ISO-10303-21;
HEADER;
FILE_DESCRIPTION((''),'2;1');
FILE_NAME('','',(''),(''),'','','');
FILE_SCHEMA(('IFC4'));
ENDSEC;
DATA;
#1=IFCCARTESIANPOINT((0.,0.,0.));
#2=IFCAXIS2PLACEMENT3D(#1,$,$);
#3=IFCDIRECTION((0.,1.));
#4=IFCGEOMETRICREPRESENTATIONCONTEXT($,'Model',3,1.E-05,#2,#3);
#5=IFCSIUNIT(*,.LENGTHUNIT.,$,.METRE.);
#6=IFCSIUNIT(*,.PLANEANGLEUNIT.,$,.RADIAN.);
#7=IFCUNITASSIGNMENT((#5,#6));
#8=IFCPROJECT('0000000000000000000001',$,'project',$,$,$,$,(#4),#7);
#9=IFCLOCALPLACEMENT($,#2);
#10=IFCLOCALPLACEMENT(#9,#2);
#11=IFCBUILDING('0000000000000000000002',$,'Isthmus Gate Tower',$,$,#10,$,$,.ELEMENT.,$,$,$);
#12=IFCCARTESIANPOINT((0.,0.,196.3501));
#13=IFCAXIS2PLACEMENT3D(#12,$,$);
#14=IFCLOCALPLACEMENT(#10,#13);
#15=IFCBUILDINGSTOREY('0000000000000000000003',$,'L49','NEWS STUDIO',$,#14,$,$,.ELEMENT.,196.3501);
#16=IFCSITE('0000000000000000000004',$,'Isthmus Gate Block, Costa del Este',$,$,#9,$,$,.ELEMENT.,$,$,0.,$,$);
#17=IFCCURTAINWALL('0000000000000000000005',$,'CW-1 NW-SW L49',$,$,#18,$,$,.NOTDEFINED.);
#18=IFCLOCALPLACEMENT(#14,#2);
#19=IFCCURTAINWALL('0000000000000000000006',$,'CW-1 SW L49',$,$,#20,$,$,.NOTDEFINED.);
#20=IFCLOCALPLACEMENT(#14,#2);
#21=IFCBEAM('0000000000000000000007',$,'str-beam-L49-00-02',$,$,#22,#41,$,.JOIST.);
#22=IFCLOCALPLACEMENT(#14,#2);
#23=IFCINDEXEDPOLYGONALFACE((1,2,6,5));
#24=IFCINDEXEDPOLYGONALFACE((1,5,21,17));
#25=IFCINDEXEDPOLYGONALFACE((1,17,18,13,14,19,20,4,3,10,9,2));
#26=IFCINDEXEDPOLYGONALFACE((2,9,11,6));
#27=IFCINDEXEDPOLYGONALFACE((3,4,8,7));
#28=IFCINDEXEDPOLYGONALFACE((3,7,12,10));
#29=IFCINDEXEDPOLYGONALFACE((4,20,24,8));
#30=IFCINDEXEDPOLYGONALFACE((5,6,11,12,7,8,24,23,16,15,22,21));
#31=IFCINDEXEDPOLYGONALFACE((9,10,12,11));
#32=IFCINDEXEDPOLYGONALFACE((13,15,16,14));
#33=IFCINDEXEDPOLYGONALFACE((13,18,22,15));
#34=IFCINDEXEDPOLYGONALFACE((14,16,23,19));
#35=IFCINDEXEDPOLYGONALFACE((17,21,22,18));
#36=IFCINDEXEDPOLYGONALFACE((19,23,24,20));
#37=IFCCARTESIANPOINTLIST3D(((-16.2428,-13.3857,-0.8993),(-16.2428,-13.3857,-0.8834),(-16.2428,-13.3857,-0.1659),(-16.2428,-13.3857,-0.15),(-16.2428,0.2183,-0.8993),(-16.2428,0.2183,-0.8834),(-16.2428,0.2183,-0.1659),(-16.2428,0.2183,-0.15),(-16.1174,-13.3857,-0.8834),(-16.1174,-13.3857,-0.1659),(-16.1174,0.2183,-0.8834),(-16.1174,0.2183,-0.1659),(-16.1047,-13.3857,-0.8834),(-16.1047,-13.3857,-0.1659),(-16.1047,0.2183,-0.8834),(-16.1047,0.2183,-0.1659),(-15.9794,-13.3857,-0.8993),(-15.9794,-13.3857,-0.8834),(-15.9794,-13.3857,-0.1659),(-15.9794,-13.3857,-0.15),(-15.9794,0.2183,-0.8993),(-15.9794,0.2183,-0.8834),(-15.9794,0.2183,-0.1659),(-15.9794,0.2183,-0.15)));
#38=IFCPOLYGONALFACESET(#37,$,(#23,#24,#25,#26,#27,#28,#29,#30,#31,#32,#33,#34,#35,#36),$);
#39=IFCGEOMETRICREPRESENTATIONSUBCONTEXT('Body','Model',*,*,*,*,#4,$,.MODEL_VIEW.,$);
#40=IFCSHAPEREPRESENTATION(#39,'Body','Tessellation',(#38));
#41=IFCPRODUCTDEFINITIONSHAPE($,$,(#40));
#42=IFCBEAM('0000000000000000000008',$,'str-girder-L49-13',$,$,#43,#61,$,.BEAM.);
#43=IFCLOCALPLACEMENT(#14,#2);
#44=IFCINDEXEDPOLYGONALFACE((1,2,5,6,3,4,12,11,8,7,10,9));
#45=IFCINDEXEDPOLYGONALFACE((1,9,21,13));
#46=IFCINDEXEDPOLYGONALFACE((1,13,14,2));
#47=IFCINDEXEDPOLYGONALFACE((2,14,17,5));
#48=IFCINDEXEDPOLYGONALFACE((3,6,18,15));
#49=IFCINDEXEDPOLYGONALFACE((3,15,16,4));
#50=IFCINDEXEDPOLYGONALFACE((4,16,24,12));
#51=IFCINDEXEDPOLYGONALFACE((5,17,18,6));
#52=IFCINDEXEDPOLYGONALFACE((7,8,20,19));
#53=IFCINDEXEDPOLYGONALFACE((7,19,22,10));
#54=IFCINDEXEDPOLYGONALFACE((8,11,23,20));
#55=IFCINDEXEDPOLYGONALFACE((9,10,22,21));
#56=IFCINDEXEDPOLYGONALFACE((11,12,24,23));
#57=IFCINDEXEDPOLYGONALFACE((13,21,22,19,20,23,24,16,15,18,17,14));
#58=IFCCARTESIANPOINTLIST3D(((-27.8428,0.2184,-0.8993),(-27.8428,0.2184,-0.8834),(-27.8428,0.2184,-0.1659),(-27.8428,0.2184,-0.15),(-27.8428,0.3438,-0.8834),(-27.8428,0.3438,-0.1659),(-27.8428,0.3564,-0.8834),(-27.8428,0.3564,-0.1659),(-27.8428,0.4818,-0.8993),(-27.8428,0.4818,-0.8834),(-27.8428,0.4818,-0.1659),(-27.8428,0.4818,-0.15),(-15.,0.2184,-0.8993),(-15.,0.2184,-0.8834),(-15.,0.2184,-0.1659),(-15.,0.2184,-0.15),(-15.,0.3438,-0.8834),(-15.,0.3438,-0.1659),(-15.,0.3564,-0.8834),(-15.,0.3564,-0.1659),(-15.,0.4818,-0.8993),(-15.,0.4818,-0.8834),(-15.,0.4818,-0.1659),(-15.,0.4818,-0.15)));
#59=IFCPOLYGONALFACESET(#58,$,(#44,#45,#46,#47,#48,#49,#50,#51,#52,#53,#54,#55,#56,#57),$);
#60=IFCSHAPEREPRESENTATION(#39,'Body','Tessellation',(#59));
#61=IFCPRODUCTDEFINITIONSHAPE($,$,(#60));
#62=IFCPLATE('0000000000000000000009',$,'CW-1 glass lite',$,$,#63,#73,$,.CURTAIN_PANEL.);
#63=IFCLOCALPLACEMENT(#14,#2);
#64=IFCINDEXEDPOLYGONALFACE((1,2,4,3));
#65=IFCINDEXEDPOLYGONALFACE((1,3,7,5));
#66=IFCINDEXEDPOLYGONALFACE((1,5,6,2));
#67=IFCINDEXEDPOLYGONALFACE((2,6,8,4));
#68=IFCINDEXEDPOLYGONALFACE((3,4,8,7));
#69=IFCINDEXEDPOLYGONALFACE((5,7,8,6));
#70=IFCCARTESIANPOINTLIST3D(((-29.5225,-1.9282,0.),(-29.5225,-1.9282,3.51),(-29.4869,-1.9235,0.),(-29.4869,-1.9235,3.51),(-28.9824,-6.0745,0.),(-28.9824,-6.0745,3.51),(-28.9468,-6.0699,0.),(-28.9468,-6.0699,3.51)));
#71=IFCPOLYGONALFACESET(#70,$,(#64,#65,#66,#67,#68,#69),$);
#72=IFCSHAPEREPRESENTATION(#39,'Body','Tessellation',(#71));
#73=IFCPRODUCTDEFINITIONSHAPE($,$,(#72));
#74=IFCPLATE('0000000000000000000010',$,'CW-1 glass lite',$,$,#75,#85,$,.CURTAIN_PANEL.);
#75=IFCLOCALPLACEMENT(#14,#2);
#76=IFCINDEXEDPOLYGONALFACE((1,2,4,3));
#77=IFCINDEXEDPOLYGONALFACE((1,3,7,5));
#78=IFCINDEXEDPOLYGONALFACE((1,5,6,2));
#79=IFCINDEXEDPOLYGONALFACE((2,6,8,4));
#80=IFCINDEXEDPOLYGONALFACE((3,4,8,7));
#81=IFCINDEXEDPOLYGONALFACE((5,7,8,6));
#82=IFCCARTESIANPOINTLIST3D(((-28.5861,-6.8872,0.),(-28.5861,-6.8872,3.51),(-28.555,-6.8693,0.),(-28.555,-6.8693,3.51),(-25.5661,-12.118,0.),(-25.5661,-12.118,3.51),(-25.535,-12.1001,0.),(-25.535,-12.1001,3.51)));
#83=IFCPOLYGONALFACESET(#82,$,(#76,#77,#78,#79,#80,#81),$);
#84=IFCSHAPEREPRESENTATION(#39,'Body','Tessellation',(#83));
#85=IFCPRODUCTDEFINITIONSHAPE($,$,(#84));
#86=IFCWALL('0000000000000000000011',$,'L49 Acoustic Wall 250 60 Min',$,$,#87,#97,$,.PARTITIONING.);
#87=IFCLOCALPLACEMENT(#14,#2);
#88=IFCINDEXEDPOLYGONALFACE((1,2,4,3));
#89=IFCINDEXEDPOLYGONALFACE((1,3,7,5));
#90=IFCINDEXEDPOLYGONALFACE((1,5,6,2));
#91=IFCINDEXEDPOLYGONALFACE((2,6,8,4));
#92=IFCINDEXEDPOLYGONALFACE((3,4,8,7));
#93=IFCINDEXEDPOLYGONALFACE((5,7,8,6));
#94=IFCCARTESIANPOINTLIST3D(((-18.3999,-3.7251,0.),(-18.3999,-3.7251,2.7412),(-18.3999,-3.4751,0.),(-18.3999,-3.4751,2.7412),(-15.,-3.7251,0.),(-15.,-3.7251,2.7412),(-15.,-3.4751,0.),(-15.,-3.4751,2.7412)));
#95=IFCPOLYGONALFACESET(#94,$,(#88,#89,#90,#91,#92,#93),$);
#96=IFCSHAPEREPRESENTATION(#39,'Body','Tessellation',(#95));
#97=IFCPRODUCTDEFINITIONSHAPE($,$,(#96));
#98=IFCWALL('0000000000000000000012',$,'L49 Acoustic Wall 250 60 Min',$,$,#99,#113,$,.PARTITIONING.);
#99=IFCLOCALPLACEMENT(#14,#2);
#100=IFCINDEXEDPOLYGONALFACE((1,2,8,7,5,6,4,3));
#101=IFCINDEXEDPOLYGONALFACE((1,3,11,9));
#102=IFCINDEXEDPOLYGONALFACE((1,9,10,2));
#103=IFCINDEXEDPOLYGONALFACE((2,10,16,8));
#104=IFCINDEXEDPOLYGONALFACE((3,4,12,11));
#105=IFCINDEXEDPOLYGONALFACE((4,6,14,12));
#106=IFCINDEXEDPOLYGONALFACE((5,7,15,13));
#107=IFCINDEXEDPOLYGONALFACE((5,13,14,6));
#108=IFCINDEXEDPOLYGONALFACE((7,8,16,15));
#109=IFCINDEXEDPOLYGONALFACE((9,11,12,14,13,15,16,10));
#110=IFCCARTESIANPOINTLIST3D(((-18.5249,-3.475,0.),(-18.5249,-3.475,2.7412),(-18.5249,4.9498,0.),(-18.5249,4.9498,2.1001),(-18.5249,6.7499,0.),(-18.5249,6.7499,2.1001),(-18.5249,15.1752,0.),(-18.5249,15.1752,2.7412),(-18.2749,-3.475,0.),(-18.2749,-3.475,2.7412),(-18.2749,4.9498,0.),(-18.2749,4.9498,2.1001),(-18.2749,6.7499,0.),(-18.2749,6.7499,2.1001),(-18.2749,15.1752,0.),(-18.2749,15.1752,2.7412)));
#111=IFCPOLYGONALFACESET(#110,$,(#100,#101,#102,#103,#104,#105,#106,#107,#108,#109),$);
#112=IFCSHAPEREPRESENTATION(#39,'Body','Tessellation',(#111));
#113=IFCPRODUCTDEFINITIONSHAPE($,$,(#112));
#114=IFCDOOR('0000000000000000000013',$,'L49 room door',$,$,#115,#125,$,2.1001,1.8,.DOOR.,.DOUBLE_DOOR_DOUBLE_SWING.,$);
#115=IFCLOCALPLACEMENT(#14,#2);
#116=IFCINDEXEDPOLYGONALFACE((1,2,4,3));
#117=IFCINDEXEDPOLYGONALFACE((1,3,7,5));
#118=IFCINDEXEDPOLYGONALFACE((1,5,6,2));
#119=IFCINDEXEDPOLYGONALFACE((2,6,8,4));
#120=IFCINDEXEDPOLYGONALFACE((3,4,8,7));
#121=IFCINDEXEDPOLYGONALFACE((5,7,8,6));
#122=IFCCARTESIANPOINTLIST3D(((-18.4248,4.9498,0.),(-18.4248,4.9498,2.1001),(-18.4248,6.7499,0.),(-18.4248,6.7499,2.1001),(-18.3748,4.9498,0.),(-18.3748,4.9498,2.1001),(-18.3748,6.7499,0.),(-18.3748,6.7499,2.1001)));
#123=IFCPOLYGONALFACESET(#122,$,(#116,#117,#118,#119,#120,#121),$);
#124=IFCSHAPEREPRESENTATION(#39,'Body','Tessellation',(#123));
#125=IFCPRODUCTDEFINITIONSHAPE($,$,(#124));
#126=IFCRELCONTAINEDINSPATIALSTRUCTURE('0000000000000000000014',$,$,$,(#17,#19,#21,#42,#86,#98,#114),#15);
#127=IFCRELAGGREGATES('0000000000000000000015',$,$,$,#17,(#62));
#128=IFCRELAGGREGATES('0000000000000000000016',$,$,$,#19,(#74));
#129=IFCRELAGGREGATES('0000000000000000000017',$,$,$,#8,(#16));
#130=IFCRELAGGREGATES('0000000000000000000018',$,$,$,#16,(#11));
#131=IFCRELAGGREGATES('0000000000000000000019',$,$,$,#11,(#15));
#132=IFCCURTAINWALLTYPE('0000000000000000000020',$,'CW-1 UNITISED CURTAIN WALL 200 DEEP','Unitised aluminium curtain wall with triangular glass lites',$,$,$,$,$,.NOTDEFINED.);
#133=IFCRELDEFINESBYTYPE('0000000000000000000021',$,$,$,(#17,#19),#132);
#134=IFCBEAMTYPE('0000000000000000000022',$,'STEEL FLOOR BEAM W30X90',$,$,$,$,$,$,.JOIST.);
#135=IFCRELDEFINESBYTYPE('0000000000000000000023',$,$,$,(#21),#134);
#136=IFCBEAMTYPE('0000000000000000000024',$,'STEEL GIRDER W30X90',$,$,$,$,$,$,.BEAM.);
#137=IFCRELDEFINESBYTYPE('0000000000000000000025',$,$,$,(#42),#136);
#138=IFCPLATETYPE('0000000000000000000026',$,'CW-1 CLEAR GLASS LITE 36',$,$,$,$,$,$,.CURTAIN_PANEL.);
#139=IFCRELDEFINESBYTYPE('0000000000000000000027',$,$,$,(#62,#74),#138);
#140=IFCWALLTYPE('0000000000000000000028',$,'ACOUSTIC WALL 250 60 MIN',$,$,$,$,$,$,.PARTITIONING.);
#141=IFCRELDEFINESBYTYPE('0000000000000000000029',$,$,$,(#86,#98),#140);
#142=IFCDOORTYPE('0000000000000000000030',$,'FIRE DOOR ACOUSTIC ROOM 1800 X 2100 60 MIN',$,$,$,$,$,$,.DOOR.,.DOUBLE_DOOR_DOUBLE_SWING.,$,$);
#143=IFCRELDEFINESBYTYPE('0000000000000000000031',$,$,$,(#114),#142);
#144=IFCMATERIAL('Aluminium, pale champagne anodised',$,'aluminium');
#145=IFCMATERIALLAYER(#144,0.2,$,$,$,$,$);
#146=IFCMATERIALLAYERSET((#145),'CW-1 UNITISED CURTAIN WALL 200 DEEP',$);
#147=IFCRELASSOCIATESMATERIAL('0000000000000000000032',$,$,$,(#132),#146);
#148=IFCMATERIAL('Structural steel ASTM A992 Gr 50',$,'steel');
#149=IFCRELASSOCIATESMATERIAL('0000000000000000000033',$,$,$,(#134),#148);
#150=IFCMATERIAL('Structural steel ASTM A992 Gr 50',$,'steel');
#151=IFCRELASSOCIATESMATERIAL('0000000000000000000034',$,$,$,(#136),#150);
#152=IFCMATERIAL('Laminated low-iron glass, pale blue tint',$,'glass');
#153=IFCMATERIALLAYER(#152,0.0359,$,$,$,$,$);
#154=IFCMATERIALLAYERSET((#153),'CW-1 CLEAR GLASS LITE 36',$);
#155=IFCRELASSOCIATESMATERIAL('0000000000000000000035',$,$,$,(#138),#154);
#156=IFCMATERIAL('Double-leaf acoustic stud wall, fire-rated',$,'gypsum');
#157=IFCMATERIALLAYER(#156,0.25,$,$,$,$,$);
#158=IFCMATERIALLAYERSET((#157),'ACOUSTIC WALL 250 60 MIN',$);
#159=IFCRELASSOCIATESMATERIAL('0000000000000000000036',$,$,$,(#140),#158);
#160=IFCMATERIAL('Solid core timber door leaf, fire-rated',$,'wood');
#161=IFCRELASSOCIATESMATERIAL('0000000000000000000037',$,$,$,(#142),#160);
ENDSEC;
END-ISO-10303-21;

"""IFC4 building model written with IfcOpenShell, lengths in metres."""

from ifc_helpers import new_model, si_unit, direction, frame, frame_2d, origin, origin_2d, place, context, subcontext, project, spatial, rectangle, i_section, extrude, material, layer, layer_set, material_profile, profile_set, type_object, element, fill, aggregate, save


model = new_model("IFC4")

# Units and contexts
model_context = context("Model", 3, precision=1e-05, world=origin(), true_north=direction((0.0, 1.0)))
body_context = subcontext(model_context, "Body", "Model", "MODEL_VIEW")
ifc_project = project(units=[si_unit("LENGTHUNIT", "METRE"), si_unit("PLANEANGLEUNIT", "RADIAN")], contexts=[model_context])

# Site, building, storey
site_placement = place(None, origin())
site = spatial("IfcSite", under=ifc_project, at=site_placement, Name="Isthmus Gate Block, Costa del Este", CompositionType="ELEMENT", RefElevation=0.0)
building_placement = place(site_placement, origin())
building = spatial("IfcBuilding", under=site, at=building_placement, Name="Isthmus Gate Tower", CompositionType="ELEMENT")
storey_placement = place(building_placement, frame((0.0, 0.0, 196.3501)))
storey = spatial("IfcBuildingStorey", under=building, at=storey_placement, Name="L49", Description="NEWS STUDIO", CompositionType="ELEMENT", Elevation=196.3501)

# Curtain walls
ifc_material_1 = material(Name="Aluminium, pale champagne anodised", Category="aluminium")
ifc_layer_1 = layer(ifc_material_1, 0.2)
ifc_layer_set_1 = layer_set([ifc_layer_1], Name="CW-1 UNITISED CURTAIN WALL 200 DEEP")
curtain_wall_type = type_object("IfcCurtainWallType", Name="CW-1 UNITISED CURTAIN WALL 200 DEEP", Description="Unitised aluminium curtain wall with triangular glass lites", PredefinedType="NOTDEFINED", material=ifc_layer_set_1)
curtain_wall_1_placement = place(storey_placement, origin())
curtain_wall_1 = element("IfcCurtainWall", 1, at=curtain_wall_1_placement, inside=storey, type_object=curtain_wall_type, Name="CW-1 NW-SW L49", PredefinedType="NOTDEFINED")
curtain_wall_2_placement = place(storey_placement, origin())
curtain_wall_2 = element("IfcCurtainWall", 2, at=curtain_wall_2_placement, inside=storey, type_object=curtain_wall_type, Name="CW-1 SW L49", PredefinedType="NOTDEFINED")

# Beams
ifc_material_2 = material(Name="Structural steel ASTM A992 Gr 50", Category="steel")
ifc_material_profile_1 = material_profile(ifc_material_2, i_section(OverallWidth=0.2634, OverallDepth=0.7493, WebThickness=0.0127, FlangeThickness=0.0159, at=origin_2d()), Name="W30X90")
ifc_profile_set_1 = profile_set([ifc_material_profile_1], Name="Structural steel ASTM A992 Gr 50")
beam_type_1 = type_object("IfcBeamType", Name="STEEL FLOOR BEAM W30X90", PredefinedType="JOIST", material=ifc_profile_set_1)
beam_1_placement = place(storey_placement, frame((-16.1111, -13.3857, -0.5247), z_axis=(0.0, 1.0, 0.0), x_axis=(-1.0, 0.0, 0.0)))
element("IfcBeam", 3, at=beam_1_placement, inside=storey, type_object=beam_type_1, Name="str-beam-L49-00-02", PredefinedType="JOIST", context=body_context, shape_type="SweptSolid", body=[
    extrude(i_section(OverallWidth=0.2634, OverallDepth=0.7493, WebThickness=0.0127, FlangeThickness=0.0159, at=origin_2d()), origin(), (0.0, 0.0, 1.0), 13.604),
])
ifc_material_3 = material(Name="Structural steel ASTM A992 Gr 50", Category="steel")
ifc_material_profile_2 = material_profile(ifc_material_3, i_section(OverallWidth=0.2634, OverallDepth=0.7493, WebThickness=0.0127, FlangeThickness=0.0159, at=origin_2d()), Name="W30X90")
ifc_profile_set_2 = profile_set([ifc_material_profile_2], Name="Structural steel ASTM A992 Gr 50")
beam_type_2 = type_object("IfcBeamType", Name="STEEL GIRDER W30X90", PredefinedType="BEAM", material=ifc_profile_set_2)
beam_2_placement = place(storey_placement, frame((-15.0, 0.3501, -0.5247), z_axis=(-1.0, 0.0, 0.0), x_axis=(0.0, -1.0, 0.0)))
element("IfcBeam", 4, at=beam_2_placement, inside=storey, type_object=beam_type_2, Name="str-girder-L49-13", PredefinedType="BEAM", context=body_context, shape_type="SweptSolid", body=[
    extrude(i_section(OverallWidth=0.2634, OverallDepth=0.7493, WebThickness=0.0127, FlangeThickness=0.0159, at=origin_2d()), origin(), (0.0, 0.0, 1.0), 12.8428),
])

# Plates
ifc_material_4 = material(Name="Laminated low-iron glass, pale blue tint", Category="glass")
ifc_layer_2 = layer(ifc_material_4, 0.0359)
ifc_layer_set_2 = layer_set([ifc_layer_2], Name="CW-1 CLEAR GLASS LITE 36")
plate_type = type_object("IfcPlateType", Name="CW-1 CLEAR GLASS LITE 36", PredefinedType="CURTAIN_PANEL", material=ifc_layer_set_2)
plate_1_placement = place(storey_placement, frame((-29.2346, -3.999, 0.0), z_axis=(0.0, 0.0, 1.0), x_axis=(0.129165, -0.991623, 0.0)))
plate_1 = element("IfcPlate", 5, at=plate_1_placement, type_object=plate_type, Name="CW-1 glass lite", PredefinedType="CURTAIN_PANEL", context=body_context, shape_type="SweptSolid", body=[
    extrude(rectangle(XDim=4.1814, YDim=0.0359, at=origin_2d()), origin(), (0.0, 0.0, 1.0), 3.51),
])
aggregate(curtain_wall_1, [plate_1])
plate_2_placement = place(storey_placement, frame((-27.0605, -9.4937, 0.0), z_axis=(0.0, 0.0, 1.0), x_axis=(0.5, -0.866025, 0.0)))
plate_2 = element("IfcPlate", 6, at=plate_2_placement, type_object=plate_type, Name="CW-1 glass lite", PredefinedType="CURTAIN_PANEL", context=body_context, shape_type="SweptSolid", body=[
    extrude(rectangle(XDim=6.04, YDim=0.0359, at=origin_2d()), origin(), (0.0, 0.0, 1.0), 3.51),
])
aggregate(curtain_wall_2, [plate_2])

# Wall
ifc_material_5 = material(Name="Double-leaf acoustic stud wall, fire-rated", Category="gypsum")
ifc_layer_3 = layer(ifc_material_5, 0.25)
ifc_layer_set_3 = layer_set([ifc_layer_3], Name="ACOUSTIC WALL 250 60 MIN")
wall_type_1 = type_object("IfcWallType", Name="ACOUSTIC WALL 250 60 MIN", PredefinedType="PARTITIONING", material=ifc_layer_set_3)
wall_1_placement = place(storey_placement, frame((-15.0, -3.6001, 0.0), z_axis=(0.0, 0.0, 1.0), x_axis=(-1.0, 0.0, 0.0)))
element("IfcWall", 7, at=wall_1_placement, inside=storey, type_object=wall_type_1, Name="L49 Acoustic Wall 250 60 Min", PredefinedType="PARTITIONING", context=body_context, shape_type="SweptSolid", body=[
    extrude(rectangle(XDim=3.3999, YDim=0.25, at=frame_2d((1.7, 0.0))), origin(), (0.0, 0.0, 1.0), 2.7412),
])

# Wall, opening, door
wall_2_placement = place(storey_placement, frame((-18.3999, -3.4751, 0.0), z_axis=(0.0, 0.0, 1.0), x_axis=(0.0, 1.0, 0.0)))
wall_2 = element("IfcWall", 8, at=wall_2_placement, inside=storey, type_object=wall_type_1, Name="L49 Acoustic Wall 250 60 Min", PredefinedType="PARTITIONING", context=body_context, shape_type="SweptSolid", body=[
    extrude(rectangle(XDim=18.6501, YDim=0.25, at=frame_2d((9.3252, 0.0))), origin(), (0.0, 0.0, 1.0), 2.7412),
])
opening_1_placement = place(wall_2_placement, frame((8.425, 0.0, 0.0)))
opening_1 = element("IfcOpeningElement", 9, at=opening_1_placement, cuts=wall_2, PredefinedType="OPENING", context=body_context, shape_type="SweptSolid", body=[
    extrude(rectangle(XDim=1.8, YDim=2.1001, at=frame_2d((0.8999, 1.05))), frame((0.0, 0.135, 0.0), z_axis=(0.0, -1.0, 0.0), x_axis=(1.0, 0.0, 0.0)), (0.0, 0.0, 1.0), 0.27),
])
ifc_material_6 = material(Name="Solid core timber door leaf, fire-rated", Category="wood")
door_type_1 = type_object("IfcDoorType", Name="FIRE DOOR ACOUSTIC ROOM 1800 X 2100 60 MIN", OperationType="DOUBLE_DOOR_DOUBLE_SWING", PredefinedType="DOOR", material=ifc_material_6)
door_1_placement = place(opening_1_placement, origin())
door_1 = element("IfcDoor", 10, at=door_1_placement, inside=storey, type_object=door_type_1, Name="L49 room door", OperationType="DOUBLE_DOOR_DOUBLE_SWING", OverallHeight=2.1001, OverallWidth=1.8, PredefinedType="DOOR", context=body_context, shape_type="SweptSolid", body=[
    extrude(rectangle(XDim=1.8, YDim=2.1001, at=frame_2d((0.8999, 1.05))), frame((0.0, 0.0249, 0.0), z_axis=(0.0, -1.0, 0.0), x_axis=(1.0, 0.0, 0.0)), (0.0, 0.0, 1.0), 0.05),
])
fill(opening_1, door_1)

save(model, "model.ifc")
